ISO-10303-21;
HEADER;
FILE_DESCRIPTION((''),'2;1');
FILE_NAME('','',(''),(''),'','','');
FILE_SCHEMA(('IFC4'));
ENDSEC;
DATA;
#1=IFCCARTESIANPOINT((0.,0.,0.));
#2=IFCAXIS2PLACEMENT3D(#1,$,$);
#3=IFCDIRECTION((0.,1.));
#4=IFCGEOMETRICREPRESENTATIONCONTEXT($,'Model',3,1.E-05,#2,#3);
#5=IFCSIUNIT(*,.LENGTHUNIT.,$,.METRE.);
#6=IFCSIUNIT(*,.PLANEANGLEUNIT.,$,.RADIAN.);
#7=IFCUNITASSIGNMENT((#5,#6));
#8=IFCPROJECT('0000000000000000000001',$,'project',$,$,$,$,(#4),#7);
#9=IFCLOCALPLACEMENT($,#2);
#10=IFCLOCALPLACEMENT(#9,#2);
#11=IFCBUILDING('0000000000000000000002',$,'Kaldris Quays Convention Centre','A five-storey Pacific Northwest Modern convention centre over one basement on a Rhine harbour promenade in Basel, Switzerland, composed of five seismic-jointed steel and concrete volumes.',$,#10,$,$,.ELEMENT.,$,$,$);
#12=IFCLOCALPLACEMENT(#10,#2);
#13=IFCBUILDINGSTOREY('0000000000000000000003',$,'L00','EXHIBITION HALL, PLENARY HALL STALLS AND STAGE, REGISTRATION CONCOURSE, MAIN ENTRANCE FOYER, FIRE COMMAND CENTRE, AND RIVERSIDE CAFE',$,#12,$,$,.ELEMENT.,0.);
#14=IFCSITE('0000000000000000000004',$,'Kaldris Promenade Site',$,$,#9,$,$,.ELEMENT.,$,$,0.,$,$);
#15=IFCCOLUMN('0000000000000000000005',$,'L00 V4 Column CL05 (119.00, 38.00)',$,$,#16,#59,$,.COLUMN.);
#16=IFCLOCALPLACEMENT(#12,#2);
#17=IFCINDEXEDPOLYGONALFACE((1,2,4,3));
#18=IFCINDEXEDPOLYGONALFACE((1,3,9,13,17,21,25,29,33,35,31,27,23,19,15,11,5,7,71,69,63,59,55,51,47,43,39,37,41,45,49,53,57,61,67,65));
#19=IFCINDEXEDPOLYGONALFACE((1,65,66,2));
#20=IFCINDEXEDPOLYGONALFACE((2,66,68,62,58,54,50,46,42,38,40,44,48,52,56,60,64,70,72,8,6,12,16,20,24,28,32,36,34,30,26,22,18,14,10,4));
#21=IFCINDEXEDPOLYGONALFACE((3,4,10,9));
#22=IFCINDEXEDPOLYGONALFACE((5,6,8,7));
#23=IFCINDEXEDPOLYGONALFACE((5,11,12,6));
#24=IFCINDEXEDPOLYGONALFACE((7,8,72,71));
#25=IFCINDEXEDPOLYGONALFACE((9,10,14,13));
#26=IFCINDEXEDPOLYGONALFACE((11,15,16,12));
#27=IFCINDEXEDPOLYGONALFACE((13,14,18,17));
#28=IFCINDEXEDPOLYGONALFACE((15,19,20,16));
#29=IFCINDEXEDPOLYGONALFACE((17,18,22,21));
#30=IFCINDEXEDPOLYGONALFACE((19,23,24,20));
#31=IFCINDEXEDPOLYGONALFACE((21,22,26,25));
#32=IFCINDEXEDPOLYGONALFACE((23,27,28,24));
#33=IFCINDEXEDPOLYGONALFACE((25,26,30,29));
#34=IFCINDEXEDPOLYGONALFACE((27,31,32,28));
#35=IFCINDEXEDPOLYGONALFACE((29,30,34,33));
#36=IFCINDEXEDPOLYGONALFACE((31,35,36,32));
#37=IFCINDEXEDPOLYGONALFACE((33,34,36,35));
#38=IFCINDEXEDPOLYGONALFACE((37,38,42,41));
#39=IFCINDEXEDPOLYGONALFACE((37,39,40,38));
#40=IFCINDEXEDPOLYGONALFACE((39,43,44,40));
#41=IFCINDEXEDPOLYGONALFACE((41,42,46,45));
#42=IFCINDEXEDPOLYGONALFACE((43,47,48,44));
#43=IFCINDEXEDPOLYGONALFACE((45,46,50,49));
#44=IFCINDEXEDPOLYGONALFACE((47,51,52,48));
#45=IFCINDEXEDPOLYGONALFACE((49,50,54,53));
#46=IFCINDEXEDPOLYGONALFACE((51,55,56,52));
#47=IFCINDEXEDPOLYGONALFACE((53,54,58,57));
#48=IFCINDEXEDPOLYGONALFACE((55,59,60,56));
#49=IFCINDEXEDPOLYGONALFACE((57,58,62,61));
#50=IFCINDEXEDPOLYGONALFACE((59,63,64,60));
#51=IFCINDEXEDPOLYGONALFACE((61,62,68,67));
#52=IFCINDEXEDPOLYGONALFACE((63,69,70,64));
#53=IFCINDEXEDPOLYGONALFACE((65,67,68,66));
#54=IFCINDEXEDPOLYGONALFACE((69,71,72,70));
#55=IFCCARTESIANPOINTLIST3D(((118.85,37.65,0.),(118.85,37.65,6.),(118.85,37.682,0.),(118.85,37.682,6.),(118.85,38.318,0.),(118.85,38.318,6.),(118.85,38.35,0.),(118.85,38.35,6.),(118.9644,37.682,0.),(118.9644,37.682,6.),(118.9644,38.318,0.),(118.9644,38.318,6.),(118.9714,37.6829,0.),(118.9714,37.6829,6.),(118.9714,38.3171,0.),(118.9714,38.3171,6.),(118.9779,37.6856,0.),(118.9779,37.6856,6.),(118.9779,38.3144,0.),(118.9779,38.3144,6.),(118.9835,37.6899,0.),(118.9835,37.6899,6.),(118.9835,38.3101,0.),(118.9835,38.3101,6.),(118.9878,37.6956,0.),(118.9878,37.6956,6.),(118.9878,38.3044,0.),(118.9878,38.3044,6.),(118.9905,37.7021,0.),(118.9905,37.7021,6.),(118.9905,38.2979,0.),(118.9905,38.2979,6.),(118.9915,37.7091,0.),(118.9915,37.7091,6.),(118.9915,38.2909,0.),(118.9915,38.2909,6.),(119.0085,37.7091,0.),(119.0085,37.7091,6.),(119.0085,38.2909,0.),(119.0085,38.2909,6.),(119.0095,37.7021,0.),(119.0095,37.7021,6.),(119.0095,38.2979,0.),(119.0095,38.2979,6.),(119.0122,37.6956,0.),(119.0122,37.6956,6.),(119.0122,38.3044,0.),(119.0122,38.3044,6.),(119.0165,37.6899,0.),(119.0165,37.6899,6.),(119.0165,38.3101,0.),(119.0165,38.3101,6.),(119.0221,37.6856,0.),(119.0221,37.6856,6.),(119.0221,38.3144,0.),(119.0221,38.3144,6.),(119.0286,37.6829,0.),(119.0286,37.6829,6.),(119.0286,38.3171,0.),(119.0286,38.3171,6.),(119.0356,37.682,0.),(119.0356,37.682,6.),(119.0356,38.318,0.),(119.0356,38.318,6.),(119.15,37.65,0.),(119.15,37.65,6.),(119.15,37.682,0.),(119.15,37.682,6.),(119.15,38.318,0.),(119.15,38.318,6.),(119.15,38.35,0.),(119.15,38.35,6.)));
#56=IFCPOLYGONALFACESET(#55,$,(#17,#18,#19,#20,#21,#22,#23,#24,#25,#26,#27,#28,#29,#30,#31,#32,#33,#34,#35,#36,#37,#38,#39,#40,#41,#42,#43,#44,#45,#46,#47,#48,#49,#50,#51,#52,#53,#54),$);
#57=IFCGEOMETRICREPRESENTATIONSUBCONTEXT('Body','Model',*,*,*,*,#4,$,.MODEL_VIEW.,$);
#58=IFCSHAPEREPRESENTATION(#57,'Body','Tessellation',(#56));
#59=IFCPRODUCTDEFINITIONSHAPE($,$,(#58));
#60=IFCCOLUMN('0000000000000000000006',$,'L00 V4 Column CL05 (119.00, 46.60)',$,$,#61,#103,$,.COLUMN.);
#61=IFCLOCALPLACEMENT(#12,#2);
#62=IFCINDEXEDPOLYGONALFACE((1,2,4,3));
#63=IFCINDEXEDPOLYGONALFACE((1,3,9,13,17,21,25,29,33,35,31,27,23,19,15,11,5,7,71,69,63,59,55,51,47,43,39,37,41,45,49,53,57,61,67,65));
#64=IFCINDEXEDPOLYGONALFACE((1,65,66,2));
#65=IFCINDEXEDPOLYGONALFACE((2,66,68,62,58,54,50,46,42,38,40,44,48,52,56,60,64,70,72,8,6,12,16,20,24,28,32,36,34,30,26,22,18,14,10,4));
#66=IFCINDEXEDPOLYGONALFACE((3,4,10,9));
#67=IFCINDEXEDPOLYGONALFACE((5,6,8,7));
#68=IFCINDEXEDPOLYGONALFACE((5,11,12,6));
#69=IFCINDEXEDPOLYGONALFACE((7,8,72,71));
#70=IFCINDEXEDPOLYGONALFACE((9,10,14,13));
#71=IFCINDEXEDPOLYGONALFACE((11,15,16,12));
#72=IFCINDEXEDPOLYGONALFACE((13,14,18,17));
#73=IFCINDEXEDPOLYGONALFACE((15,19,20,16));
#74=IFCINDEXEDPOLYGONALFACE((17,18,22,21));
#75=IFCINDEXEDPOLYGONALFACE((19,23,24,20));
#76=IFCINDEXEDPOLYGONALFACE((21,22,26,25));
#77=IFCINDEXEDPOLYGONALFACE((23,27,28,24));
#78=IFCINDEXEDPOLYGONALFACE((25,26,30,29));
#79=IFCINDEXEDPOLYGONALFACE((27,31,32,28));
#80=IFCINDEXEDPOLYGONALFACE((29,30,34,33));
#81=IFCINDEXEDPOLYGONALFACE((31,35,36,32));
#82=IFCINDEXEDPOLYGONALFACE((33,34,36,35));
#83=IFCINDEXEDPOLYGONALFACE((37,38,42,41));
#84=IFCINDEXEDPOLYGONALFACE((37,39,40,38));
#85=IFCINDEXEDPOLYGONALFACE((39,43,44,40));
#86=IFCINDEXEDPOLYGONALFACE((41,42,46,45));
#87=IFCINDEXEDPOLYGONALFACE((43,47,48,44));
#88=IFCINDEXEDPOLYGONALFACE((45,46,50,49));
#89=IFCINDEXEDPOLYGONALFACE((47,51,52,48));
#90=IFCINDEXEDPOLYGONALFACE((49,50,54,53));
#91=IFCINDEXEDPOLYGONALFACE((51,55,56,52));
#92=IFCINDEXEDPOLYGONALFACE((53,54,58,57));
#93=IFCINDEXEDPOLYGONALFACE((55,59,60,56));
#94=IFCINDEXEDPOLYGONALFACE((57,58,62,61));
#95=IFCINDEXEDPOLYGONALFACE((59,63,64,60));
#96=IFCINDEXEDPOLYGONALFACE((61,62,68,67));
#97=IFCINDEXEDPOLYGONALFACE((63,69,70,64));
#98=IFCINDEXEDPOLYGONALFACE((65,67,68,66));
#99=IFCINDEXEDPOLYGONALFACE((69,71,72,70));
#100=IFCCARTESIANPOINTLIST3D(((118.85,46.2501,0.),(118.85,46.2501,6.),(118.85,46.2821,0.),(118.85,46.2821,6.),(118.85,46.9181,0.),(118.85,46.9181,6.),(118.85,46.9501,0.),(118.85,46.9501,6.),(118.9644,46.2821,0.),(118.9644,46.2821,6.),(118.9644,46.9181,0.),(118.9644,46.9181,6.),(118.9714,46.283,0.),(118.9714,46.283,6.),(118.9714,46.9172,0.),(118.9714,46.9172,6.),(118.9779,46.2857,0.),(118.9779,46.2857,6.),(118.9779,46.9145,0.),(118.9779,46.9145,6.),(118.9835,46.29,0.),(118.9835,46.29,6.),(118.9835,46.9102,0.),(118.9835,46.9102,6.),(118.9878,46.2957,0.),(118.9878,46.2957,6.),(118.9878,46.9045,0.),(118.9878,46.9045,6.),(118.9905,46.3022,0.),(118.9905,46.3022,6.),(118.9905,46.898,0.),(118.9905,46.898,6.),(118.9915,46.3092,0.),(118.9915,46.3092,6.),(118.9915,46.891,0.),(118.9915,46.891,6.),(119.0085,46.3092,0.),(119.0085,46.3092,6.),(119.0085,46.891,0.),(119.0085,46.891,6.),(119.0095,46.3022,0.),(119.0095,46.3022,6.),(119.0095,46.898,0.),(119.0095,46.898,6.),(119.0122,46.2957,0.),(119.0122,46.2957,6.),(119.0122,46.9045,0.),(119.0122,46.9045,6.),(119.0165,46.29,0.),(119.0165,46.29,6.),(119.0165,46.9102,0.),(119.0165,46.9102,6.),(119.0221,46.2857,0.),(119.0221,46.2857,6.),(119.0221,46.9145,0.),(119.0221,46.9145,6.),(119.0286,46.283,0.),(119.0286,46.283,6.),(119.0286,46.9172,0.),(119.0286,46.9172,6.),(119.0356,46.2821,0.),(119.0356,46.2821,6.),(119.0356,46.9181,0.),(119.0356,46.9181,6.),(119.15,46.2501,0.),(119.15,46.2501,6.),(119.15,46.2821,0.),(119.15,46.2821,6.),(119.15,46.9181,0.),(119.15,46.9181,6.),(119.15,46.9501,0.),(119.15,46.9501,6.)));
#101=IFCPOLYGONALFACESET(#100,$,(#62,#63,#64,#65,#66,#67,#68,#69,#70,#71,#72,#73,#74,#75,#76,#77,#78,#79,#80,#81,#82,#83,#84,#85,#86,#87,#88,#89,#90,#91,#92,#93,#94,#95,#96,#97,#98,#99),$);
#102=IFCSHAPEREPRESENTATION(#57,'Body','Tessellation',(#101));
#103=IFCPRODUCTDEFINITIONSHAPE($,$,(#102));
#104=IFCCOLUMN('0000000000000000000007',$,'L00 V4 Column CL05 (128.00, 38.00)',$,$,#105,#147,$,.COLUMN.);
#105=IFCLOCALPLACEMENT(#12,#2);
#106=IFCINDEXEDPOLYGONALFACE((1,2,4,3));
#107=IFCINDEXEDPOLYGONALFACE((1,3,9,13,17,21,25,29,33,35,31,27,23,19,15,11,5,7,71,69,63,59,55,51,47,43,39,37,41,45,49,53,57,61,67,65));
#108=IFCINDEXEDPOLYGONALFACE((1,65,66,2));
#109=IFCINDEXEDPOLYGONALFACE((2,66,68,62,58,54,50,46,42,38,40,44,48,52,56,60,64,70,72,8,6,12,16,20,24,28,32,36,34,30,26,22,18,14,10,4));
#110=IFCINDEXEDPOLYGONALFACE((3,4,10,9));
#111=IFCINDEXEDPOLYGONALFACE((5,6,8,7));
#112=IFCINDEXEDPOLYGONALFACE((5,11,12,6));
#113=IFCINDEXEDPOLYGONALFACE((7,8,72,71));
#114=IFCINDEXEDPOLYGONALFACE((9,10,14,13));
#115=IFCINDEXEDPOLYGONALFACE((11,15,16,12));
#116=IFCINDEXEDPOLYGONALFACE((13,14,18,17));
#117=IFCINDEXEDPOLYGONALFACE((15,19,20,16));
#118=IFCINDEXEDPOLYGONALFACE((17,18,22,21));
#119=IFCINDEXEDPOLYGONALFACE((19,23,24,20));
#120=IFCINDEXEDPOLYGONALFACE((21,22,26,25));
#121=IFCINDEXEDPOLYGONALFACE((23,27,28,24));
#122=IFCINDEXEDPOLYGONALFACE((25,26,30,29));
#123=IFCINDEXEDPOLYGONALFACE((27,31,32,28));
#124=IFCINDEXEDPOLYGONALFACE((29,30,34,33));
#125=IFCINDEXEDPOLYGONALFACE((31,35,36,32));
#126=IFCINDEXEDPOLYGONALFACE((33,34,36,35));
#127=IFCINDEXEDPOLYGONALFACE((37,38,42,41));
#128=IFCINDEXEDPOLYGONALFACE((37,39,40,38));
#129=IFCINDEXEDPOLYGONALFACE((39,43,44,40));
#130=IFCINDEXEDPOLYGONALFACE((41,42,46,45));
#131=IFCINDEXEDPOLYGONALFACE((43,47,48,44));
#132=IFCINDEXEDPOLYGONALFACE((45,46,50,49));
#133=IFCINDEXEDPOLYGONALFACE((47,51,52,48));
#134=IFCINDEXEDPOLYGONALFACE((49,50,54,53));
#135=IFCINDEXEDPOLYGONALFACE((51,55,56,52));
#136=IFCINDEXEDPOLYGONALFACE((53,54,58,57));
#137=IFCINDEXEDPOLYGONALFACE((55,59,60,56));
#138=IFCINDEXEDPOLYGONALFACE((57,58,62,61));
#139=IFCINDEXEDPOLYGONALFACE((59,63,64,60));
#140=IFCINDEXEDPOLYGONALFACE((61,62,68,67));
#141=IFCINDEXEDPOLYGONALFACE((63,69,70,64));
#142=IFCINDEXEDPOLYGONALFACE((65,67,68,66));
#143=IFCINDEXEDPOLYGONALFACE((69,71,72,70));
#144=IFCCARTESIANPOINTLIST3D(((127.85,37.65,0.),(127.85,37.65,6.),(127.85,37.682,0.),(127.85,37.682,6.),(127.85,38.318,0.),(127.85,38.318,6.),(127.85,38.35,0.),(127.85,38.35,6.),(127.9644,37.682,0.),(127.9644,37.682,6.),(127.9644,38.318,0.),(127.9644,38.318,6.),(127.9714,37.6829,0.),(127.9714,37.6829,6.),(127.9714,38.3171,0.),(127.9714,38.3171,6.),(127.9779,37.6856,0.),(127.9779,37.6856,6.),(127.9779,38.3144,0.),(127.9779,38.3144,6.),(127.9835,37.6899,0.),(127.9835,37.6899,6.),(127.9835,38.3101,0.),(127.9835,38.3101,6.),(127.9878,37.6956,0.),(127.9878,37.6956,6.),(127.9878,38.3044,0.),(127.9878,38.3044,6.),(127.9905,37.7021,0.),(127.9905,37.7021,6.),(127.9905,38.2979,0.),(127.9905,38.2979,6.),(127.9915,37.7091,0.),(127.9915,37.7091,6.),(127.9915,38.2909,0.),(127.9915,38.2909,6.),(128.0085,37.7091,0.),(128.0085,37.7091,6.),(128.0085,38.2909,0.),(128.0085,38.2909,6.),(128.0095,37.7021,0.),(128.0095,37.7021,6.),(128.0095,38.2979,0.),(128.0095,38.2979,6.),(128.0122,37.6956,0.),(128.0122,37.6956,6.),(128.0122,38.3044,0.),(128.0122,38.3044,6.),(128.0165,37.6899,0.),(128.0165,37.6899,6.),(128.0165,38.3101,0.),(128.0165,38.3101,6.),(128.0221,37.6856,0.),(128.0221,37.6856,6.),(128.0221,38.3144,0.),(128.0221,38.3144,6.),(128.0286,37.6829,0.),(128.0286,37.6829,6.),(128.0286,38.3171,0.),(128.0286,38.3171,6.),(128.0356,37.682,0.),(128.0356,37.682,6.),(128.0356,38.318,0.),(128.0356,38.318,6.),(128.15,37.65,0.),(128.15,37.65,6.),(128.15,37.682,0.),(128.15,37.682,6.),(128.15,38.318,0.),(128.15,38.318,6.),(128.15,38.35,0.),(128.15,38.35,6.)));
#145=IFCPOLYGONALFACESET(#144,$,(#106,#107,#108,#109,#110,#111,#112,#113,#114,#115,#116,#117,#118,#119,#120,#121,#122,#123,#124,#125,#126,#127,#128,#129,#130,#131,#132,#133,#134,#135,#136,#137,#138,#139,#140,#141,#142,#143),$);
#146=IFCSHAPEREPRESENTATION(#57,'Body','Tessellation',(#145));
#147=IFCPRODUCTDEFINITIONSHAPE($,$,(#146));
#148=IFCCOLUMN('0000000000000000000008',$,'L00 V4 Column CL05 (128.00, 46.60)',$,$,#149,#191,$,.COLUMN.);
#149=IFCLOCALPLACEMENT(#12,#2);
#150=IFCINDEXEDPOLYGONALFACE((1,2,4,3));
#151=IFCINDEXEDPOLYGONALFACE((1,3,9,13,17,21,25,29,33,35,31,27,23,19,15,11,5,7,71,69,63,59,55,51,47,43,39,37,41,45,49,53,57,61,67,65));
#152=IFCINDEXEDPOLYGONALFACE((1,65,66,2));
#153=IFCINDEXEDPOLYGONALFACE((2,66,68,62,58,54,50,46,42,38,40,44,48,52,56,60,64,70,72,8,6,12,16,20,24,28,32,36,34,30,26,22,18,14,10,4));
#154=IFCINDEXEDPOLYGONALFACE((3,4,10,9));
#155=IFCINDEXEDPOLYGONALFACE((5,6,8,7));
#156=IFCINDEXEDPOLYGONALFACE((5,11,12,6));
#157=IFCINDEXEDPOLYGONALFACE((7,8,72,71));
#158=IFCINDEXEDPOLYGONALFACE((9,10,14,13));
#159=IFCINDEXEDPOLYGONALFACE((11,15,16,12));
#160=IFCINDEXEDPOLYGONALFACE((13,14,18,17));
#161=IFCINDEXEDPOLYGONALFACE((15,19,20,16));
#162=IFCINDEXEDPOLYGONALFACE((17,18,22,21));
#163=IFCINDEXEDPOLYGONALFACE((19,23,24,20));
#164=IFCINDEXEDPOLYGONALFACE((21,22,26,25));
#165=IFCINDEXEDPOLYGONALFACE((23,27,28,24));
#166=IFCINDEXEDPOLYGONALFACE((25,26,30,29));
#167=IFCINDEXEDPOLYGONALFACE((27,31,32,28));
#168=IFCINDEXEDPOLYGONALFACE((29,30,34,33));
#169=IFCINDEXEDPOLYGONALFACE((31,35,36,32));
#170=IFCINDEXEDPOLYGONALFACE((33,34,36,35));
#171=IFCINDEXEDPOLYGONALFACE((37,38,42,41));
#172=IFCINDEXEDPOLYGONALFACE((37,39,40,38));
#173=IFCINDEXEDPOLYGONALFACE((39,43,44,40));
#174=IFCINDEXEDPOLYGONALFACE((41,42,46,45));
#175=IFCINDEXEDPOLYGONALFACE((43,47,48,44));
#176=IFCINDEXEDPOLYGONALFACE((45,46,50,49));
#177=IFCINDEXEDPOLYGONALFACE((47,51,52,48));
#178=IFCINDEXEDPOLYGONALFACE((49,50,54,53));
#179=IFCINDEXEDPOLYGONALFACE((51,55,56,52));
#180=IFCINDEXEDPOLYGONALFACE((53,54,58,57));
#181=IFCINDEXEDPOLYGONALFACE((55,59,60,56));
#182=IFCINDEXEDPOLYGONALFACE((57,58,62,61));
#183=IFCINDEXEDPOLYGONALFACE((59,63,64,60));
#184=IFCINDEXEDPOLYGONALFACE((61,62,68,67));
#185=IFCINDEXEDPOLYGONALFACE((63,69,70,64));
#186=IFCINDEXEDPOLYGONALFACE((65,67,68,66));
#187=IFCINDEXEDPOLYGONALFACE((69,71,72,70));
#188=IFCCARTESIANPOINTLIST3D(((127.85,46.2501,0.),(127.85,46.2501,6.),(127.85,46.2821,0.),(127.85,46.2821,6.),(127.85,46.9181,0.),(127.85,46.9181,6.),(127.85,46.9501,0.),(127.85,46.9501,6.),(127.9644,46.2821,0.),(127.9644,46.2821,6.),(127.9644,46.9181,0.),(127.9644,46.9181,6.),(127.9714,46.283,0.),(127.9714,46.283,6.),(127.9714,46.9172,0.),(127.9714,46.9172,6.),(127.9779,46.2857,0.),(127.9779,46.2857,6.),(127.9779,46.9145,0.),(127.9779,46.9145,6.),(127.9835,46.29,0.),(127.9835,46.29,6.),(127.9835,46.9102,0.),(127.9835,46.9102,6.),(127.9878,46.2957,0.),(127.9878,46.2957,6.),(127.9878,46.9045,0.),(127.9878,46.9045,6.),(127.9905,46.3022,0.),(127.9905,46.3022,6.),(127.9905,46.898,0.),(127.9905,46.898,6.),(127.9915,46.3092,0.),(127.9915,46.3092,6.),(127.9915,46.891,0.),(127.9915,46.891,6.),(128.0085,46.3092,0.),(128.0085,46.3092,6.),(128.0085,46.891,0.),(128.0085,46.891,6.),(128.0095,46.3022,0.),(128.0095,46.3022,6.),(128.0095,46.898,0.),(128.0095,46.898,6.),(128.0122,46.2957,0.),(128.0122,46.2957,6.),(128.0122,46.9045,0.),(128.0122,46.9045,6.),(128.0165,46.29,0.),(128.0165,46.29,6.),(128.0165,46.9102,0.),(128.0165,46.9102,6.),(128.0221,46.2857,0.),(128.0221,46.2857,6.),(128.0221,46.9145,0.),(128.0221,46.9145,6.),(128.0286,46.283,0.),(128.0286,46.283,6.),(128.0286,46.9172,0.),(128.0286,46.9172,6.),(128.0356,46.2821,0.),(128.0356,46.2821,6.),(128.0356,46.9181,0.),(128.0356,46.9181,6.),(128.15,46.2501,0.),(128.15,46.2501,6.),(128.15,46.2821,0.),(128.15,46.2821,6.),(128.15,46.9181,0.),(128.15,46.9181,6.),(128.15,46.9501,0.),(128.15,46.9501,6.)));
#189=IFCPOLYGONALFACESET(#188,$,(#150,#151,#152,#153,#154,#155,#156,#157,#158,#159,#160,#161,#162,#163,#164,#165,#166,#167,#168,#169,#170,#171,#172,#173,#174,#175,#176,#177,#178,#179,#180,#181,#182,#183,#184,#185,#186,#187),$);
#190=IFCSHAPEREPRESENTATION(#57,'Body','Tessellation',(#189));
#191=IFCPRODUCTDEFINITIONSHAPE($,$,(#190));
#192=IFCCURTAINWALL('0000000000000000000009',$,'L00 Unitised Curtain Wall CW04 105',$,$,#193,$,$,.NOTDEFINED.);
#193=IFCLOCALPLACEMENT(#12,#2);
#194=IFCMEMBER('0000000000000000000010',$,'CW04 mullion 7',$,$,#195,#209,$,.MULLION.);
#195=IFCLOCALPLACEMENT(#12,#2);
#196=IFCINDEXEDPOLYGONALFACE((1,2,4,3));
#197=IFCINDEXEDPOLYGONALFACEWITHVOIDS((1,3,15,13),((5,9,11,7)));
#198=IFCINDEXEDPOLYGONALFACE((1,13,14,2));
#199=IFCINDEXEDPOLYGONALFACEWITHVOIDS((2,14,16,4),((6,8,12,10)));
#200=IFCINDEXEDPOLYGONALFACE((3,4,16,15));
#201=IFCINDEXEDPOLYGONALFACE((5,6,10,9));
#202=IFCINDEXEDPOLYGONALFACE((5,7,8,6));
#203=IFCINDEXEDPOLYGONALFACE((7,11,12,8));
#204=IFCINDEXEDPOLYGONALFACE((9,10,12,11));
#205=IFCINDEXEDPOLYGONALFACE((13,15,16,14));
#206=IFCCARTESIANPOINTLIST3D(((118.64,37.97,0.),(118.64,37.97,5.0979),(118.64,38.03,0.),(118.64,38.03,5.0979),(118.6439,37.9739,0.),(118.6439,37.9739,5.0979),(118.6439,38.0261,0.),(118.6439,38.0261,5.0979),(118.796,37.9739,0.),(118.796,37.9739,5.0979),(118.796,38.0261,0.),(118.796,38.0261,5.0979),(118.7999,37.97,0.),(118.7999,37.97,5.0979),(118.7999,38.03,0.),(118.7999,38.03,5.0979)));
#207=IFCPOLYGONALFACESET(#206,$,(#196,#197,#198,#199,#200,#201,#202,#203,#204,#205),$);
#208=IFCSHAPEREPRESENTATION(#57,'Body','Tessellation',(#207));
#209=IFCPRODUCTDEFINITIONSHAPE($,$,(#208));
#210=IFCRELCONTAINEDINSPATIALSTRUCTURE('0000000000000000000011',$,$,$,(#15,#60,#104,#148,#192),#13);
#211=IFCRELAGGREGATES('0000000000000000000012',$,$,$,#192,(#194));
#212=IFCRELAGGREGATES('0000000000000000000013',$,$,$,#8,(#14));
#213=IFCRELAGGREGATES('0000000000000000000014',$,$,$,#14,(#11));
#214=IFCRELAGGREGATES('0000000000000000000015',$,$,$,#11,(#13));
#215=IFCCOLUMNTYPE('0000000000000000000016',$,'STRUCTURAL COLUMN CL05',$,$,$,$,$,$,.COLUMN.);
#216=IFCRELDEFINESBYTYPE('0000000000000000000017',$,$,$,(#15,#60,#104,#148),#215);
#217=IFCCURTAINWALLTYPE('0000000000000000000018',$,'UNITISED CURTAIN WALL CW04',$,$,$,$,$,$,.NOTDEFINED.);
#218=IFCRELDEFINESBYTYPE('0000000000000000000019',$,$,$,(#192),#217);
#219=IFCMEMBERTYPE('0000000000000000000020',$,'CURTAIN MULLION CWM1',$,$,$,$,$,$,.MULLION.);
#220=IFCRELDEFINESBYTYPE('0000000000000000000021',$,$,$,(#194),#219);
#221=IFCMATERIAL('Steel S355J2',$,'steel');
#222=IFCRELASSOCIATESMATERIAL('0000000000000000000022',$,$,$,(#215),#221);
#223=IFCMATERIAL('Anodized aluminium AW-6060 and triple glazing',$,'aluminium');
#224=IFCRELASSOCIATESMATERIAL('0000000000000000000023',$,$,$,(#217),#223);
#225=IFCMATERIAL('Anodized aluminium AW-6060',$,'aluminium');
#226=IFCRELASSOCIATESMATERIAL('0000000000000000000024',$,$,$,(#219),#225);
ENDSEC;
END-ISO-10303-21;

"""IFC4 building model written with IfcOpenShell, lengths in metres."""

from ifc_helpers import new_model, si_unit, direction, frame, origin, origin_2d, place, context, subcontext, project, spatial, hollow_rectangle, i_section, extrude, material, material_profile, profile_set, type_object, element, aggregate, save


model = new_model("IFC4")

# Units and contexts
model_context = context("Model", 3, precision=1e-05, world=origin(), true_north=direction((0.0, 1.0)))
body_context = subcontext(model_context, "Body", "Model", "MODEL_VIEW")
ifc_project = project(units=[si_unit("LENGTHUNIT", "METRE"), si_unit("PLANEANGLEUNIT", "RADIAN")], contexts=[model_context])

# Site, building, storey
site_placement = place(None, origin())
site = spatial("IfcSite", under=ifc_project, at=site_placement, Name="Kaldris Promenade Site", CompositionType="ELEMENT", RefElevation=0.0)
building_placement = place(site_placement, origin())
building = spatial("IfcBuilding", under=site, at=building_placement, Name="Kaldris Quays Convention Centre", Description="A five-storey Pacific Northwest Modern convention centre over one basement on a Rhine harbour promenade in Basel, Switzerland, composed of five seismic-jointed steel and concrete volumes.", CompositionType="ELEMENT")
storey_placement = place(building_placement, origin())
storey = spatial("IfcBuildingStorey", under=building, at=storey_placement, Name="L00", Description="EXHIBITION HALL, PLENARY HALL STALLS AND STAGE, REGISTRATION CONCOURSE, MAIN ENTRANCE FOYER, FIRE COMMAND CENTRE, AND RIVERSIDE CAFE", CompositionType="ELEMENT", Elevation=0.0)

# Columns
ifc_material_1 = material(Name="Steel S355J2", Category="steel")
ifc_material_profile_1 = material_profile(ifc_material_1, i_section(OverallWidth=0.3, OverallDepth=0.7, WebThickness=0.0171, FlangeThickness=0.032, FilletRadius=0.0271, at=origin_2d()), Name="HEB 700")
ifc_profile_set_1 = profile_set([ifc_material_profile_1], Name="Steel S355J2")
column_type = type_object("IfcColumnType", Name="STRUCTURAL COLUMN CL05", PredefinedType="COLUMN", material=ifc_profile_set_1)
for number, where, z_axis, x_axis, name in (
    (1, (119.0, 38.0, 0.0), (0.0, 0.0, 1.0), (1.0, 0.0, 0.0), "L00 V4 Column CL05 (119.00, 38.00)"),
    (2, (119.0, 46.6001, 0.0), (0.0, 0.0, 1.0), (1.0, 0.0, 0.0), "L00 V4 Column CL05 (119.00, 46.60)"),
    (3, (128.0, 38.0, 0.0), (0.0, 0.0, 1.0), (1.0, 0.0, 0.0), "L00 V4 Column CL05 (128.00, 38.00)"),
    (4, (128.0, 46.6001, 0.0), (0.0, 0.0, 1.0), (1.0, 0.0, 0.0), "L00 V4 Column CL05 (128.00, 46.60)"),
):
    element("IfcColumn", number, at=place(storey_placement, frame(where, z_axis=z_axis, x_axis=x_axis)), inside=storey, type_object=column_type, Name=name, PredefinedType="COLUMN", context=body_context, shape_type="SweptSolid", body=[
        extrude(i_section(OverallWidth=0.3, OverallDepth=0.7, WebThickness=0.0171, FlangeThickness=0.032, FilletRadius=0.0271, at=origin_2d()), origin(), (0.0, 0.0, 1.0), 6.0),
    ])

# Curtain wall, member
ifc_material_2 = material(Name="Anodized aluminium AW-6060 and triple glazing", Category="aluminium")
curtain_wall_type = type_object("IfcCurtainWallType", Name="UNITISED CURTAIN WALL CW04", PredefinedType="NOTDEFINED", material=ifc_material_2)
curtain_wall_1_placement = place(storey_placement, origin())
curtain_wall_1 = element("IfcCurtainWall", 5, at=curtain_wall_1_placement, inside=storey, type_object=curtain_wall_type, Name="L00 Unitised Curtain Wall CW04 105", PredefinedType="NOTDEFINED")
ifc_material_3 = material(Name="Anodized aluminium AW-6060", Category="aluminium")
ifc_material_profile_2 = material_profile(ifc_material_3, hollow_rectangle(XDim=0.0601, YDim=0.1599, WallThickness=0.0039, at=origin_2d()), Name="RHS 160x60x4")
ifc_profile_set_2 = profile_set([ifc_material_profile_2], Name="Anodized aluminium AW-6060")
member_type = type_object("IfcMemberType", Name="CURTAIN MULLION CWM1", PredefinedType="MULLION", material=ifc_profile_set_2)
member_1_placement = place(storey_placement, frame((118.72, 38.0, 0.0), z_axis=(0.0, 0.0, 1.0), x_axis=(0.0, 1.0, 0.0)))
member_1 = element("IfcMember", 6, at=member_1_placement, type_object=member_type, Name="CW04 mullion 7", PredefinedType="MULLION", context=body_context, shape_type="SweptSolid", body=[
    extrude(hollow_rectangle(XDim=0.0601, YDim=0.1599, WallThickness=0.0039, at=origin_2d()), origin(), (0.0, 0.0, 1.0), 5.0979),
])

aggregate(curtain_wall_1, [member_1])

save(model, "model.ifc")
